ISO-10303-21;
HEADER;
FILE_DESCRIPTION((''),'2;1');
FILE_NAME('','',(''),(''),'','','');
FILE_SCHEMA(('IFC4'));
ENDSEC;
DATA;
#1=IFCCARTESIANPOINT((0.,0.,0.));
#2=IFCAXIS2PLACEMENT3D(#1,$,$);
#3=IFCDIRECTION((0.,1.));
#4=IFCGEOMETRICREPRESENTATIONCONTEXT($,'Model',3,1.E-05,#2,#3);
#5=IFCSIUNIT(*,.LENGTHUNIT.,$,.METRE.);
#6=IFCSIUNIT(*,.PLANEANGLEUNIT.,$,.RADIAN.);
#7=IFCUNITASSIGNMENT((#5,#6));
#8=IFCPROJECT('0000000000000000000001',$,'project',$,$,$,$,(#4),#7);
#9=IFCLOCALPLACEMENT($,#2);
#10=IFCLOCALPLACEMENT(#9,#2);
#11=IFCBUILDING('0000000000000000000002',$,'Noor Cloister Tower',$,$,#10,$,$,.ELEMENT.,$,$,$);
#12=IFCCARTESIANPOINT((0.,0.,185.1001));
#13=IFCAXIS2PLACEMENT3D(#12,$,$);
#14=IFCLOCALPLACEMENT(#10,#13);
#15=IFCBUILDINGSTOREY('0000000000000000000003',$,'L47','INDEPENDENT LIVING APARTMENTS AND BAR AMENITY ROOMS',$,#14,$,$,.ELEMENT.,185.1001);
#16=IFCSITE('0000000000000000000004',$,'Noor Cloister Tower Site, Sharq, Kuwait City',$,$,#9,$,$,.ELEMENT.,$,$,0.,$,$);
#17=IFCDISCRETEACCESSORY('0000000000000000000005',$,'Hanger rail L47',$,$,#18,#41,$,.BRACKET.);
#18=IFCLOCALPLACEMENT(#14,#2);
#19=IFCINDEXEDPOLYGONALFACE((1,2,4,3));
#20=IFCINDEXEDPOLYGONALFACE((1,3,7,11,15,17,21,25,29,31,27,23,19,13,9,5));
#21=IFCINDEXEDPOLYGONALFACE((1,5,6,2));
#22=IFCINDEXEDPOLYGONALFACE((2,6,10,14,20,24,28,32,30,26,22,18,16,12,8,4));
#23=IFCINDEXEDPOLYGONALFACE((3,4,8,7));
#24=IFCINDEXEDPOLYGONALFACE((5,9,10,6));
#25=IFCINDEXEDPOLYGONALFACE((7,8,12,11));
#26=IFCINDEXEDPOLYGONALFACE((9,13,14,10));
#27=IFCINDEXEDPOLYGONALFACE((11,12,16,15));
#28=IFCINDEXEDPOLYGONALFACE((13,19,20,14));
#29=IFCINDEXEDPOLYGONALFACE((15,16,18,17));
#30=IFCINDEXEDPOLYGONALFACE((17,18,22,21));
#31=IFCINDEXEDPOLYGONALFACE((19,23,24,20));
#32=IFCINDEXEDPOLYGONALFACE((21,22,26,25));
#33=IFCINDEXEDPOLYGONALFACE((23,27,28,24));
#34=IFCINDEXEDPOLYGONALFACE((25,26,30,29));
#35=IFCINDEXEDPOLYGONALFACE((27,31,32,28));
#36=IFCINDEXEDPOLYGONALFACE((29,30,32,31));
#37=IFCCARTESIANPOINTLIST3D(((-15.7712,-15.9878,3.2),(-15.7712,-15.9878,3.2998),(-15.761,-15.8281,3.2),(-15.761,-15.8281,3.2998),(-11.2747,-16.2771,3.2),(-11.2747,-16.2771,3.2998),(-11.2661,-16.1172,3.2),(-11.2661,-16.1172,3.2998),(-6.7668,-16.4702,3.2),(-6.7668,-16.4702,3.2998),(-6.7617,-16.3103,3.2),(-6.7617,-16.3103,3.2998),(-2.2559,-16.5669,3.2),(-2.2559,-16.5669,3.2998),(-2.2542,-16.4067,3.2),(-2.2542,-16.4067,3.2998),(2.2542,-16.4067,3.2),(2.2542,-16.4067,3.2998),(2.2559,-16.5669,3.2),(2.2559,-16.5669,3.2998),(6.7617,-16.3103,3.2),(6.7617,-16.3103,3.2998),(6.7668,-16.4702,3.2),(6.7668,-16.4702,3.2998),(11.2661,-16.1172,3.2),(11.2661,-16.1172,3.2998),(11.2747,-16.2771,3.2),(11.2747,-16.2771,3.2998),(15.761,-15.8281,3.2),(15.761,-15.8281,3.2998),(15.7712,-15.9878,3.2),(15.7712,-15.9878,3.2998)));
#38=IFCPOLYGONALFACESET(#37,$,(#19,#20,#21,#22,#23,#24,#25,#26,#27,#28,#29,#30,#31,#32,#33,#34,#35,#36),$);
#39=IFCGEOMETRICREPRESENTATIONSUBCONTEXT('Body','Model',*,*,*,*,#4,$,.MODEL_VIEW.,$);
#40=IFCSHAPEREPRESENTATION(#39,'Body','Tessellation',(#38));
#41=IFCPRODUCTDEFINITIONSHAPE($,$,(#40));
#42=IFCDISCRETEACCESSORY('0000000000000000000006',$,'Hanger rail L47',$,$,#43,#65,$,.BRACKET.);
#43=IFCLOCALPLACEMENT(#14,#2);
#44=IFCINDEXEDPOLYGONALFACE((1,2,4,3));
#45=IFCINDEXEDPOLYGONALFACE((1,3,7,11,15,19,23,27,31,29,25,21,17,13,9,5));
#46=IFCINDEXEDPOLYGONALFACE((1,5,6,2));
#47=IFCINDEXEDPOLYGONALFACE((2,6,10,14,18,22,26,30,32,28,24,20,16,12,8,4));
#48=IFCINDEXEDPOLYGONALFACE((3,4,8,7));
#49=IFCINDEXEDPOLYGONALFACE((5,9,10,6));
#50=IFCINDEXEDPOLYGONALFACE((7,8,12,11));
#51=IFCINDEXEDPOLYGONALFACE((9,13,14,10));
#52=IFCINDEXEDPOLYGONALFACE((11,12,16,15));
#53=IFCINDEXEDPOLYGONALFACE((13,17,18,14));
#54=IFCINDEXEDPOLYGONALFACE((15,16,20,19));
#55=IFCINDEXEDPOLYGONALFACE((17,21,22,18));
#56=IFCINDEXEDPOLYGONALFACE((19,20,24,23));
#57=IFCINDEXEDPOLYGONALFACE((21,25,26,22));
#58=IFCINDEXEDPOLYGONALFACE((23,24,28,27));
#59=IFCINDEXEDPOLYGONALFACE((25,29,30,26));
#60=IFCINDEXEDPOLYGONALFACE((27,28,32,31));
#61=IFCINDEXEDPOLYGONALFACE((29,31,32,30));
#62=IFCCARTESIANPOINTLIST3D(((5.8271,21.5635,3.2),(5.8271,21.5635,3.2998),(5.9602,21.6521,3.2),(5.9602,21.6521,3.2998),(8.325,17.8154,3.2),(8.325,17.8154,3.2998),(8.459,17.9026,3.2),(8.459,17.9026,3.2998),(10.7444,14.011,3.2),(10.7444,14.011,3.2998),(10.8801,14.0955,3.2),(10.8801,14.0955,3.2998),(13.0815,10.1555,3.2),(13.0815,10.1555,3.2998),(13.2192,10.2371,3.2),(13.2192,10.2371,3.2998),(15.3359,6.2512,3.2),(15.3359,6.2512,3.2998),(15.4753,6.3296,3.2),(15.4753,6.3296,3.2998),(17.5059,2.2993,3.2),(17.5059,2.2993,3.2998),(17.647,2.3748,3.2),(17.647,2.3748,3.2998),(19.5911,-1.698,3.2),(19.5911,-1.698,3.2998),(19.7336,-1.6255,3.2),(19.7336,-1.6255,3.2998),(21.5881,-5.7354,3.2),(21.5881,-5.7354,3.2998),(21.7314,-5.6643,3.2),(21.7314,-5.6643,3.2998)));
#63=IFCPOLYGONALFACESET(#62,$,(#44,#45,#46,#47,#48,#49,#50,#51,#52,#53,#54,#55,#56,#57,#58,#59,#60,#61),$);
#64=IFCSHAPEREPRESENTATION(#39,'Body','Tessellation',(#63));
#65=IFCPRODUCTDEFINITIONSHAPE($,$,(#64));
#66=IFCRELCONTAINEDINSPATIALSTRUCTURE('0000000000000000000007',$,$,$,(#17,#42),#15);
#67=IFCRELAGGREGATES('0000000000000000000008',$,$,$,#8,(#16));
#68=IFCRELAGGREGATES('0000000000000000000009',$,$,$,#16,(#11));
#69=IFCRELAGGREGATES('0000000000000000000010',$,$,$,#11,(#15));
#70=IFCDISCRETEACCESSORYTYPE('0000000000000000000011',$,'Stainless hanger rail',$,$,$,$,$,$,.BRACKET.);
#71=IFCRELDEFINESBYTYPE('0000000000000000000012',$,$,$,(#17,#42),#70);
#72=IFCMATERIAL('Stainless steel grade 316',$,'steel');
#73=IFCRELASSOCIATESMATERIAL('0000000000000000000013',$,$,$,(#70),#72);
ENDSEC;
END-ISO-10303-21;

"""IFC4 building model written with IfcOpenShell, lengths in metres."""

from ifc_helpers import new_model, si_unit, direction, frame, origin, place, context, subcontext, project, spatial, polyline, outline, extrude, material, type_object, element, save


model = new_model("IFC4")

# Units and contexts
model_context = context("Model", 3, precision=1e-05, world=origin(), true_north=direction((0.0, 1.0)))
body_context = subcontext(model_context, "Body", "Model", "MODEL_VIEW")
ifc_project = project(units=[si_unit("LENGTHUNIT", "METRE"), si_unit("PLANEANGLEUNIT", "RADIAN")], contexts=[model_context])

# Site, building, storey
site_placement = place(None, origin())
site = spatial("IfcSite", under=ifc_project, at=site_placement, Name="Noor Cloister Tower Site, Sharq, Kuwait City", CompositionType="ELEMENT", RefElevation=0.0)
building_placement = place(site_placement, origin())
building = spatial("IfcBuilding", under=site, at=building_placement, Name="Noor Cloister Tower", CompositionType="ELEMENT")
storey_placement = place(building_placement, frame((0.0, 0.0, 185.1001)))
storey = spatial("IfcBuildingStorey", under=building, at=storey_placement, Name="L47", Description="INDEPENDENT LIVING APARTMENTS AND BAR AMENITY ROOMS", CompositionType="ELEMENT", Elevation=185.1001)

# Discrete accessories
ifc_material_1 = material(Name="Stainless steel grade 316", Category="steel")
discrete_accessory_type = type_object("IfcDiscreteAccessoryType", Name="Stainless hanger rail", PredefinedType="BRACKET", material=ifc_material_1)
discrete_accessory_1_placement = place(storey_placement, frame((0.0, 0.0, 3.2)))
element("IfcDiscreteAccessory", 1, at=discrete_accessory_1_placement, inside=storey, type_object=discrete_accessory_type, Name="Hanger rail L47", PredefinedType="BRACKET", context=body_context, shape_type="SweptSolid", body=[
    extrude(outline(polyline([(-15.7712, -15.9878), (-11.2747, -16.2771), (-6.7668, -16.4702), (-2.2559, -16.5669), (2.2559, -16.5669), (6.7668, -16.4702), (11.2747, -16.2771), (15.7712, -15.9878), (15.761, -15.8281), (11.2661, -16.1172), (6.7617, -16.3103), (2.2542, -16.4067), (-2.2542, -16.4067), (-6.7617, -16.3103), (-11.2661, -16.1172), (-15.761, -15.8281), (-15.7712, -15.9878)])), origin(), (0.0, 0.0, 1.0), 0.0999),
])
discrete_accessory_2_placement = place(storey_placement, frame((0.0, 0.0, 3.2)))
element("IfcDiscreteAccessory", 2, at=discrete_accessory_2_placement, inside=storey, type_object=discrete_accessory_type, Name="Hanger rail L47", PredefinedType="BRACKET", context=body_context, shape_type="SweptSolid", body=[
    extrude(outline(polyline([(21.7314, -5.6643), (19.7336, -1.6255), (17.647, 2.3748), (15.4753, 6.3296), (13.2192, 10.2371), (10.8801, 14.0955), (8.459, 17.9026), (5.9602, 21.6521), (5.8271, 21.5635), (8.325, 17.8154), (10.7444, 14.011), (13.0815, 10.1555), (15.3359, 6.2512), (17.5059, 2.2993), (19.5911, -1.698), (21.5881, -5.7354), (21.7314, -5.6643)])), origin(), (0.0, 0.0, 1.0), 0.0999),
])

save(model, "model.ifc")
